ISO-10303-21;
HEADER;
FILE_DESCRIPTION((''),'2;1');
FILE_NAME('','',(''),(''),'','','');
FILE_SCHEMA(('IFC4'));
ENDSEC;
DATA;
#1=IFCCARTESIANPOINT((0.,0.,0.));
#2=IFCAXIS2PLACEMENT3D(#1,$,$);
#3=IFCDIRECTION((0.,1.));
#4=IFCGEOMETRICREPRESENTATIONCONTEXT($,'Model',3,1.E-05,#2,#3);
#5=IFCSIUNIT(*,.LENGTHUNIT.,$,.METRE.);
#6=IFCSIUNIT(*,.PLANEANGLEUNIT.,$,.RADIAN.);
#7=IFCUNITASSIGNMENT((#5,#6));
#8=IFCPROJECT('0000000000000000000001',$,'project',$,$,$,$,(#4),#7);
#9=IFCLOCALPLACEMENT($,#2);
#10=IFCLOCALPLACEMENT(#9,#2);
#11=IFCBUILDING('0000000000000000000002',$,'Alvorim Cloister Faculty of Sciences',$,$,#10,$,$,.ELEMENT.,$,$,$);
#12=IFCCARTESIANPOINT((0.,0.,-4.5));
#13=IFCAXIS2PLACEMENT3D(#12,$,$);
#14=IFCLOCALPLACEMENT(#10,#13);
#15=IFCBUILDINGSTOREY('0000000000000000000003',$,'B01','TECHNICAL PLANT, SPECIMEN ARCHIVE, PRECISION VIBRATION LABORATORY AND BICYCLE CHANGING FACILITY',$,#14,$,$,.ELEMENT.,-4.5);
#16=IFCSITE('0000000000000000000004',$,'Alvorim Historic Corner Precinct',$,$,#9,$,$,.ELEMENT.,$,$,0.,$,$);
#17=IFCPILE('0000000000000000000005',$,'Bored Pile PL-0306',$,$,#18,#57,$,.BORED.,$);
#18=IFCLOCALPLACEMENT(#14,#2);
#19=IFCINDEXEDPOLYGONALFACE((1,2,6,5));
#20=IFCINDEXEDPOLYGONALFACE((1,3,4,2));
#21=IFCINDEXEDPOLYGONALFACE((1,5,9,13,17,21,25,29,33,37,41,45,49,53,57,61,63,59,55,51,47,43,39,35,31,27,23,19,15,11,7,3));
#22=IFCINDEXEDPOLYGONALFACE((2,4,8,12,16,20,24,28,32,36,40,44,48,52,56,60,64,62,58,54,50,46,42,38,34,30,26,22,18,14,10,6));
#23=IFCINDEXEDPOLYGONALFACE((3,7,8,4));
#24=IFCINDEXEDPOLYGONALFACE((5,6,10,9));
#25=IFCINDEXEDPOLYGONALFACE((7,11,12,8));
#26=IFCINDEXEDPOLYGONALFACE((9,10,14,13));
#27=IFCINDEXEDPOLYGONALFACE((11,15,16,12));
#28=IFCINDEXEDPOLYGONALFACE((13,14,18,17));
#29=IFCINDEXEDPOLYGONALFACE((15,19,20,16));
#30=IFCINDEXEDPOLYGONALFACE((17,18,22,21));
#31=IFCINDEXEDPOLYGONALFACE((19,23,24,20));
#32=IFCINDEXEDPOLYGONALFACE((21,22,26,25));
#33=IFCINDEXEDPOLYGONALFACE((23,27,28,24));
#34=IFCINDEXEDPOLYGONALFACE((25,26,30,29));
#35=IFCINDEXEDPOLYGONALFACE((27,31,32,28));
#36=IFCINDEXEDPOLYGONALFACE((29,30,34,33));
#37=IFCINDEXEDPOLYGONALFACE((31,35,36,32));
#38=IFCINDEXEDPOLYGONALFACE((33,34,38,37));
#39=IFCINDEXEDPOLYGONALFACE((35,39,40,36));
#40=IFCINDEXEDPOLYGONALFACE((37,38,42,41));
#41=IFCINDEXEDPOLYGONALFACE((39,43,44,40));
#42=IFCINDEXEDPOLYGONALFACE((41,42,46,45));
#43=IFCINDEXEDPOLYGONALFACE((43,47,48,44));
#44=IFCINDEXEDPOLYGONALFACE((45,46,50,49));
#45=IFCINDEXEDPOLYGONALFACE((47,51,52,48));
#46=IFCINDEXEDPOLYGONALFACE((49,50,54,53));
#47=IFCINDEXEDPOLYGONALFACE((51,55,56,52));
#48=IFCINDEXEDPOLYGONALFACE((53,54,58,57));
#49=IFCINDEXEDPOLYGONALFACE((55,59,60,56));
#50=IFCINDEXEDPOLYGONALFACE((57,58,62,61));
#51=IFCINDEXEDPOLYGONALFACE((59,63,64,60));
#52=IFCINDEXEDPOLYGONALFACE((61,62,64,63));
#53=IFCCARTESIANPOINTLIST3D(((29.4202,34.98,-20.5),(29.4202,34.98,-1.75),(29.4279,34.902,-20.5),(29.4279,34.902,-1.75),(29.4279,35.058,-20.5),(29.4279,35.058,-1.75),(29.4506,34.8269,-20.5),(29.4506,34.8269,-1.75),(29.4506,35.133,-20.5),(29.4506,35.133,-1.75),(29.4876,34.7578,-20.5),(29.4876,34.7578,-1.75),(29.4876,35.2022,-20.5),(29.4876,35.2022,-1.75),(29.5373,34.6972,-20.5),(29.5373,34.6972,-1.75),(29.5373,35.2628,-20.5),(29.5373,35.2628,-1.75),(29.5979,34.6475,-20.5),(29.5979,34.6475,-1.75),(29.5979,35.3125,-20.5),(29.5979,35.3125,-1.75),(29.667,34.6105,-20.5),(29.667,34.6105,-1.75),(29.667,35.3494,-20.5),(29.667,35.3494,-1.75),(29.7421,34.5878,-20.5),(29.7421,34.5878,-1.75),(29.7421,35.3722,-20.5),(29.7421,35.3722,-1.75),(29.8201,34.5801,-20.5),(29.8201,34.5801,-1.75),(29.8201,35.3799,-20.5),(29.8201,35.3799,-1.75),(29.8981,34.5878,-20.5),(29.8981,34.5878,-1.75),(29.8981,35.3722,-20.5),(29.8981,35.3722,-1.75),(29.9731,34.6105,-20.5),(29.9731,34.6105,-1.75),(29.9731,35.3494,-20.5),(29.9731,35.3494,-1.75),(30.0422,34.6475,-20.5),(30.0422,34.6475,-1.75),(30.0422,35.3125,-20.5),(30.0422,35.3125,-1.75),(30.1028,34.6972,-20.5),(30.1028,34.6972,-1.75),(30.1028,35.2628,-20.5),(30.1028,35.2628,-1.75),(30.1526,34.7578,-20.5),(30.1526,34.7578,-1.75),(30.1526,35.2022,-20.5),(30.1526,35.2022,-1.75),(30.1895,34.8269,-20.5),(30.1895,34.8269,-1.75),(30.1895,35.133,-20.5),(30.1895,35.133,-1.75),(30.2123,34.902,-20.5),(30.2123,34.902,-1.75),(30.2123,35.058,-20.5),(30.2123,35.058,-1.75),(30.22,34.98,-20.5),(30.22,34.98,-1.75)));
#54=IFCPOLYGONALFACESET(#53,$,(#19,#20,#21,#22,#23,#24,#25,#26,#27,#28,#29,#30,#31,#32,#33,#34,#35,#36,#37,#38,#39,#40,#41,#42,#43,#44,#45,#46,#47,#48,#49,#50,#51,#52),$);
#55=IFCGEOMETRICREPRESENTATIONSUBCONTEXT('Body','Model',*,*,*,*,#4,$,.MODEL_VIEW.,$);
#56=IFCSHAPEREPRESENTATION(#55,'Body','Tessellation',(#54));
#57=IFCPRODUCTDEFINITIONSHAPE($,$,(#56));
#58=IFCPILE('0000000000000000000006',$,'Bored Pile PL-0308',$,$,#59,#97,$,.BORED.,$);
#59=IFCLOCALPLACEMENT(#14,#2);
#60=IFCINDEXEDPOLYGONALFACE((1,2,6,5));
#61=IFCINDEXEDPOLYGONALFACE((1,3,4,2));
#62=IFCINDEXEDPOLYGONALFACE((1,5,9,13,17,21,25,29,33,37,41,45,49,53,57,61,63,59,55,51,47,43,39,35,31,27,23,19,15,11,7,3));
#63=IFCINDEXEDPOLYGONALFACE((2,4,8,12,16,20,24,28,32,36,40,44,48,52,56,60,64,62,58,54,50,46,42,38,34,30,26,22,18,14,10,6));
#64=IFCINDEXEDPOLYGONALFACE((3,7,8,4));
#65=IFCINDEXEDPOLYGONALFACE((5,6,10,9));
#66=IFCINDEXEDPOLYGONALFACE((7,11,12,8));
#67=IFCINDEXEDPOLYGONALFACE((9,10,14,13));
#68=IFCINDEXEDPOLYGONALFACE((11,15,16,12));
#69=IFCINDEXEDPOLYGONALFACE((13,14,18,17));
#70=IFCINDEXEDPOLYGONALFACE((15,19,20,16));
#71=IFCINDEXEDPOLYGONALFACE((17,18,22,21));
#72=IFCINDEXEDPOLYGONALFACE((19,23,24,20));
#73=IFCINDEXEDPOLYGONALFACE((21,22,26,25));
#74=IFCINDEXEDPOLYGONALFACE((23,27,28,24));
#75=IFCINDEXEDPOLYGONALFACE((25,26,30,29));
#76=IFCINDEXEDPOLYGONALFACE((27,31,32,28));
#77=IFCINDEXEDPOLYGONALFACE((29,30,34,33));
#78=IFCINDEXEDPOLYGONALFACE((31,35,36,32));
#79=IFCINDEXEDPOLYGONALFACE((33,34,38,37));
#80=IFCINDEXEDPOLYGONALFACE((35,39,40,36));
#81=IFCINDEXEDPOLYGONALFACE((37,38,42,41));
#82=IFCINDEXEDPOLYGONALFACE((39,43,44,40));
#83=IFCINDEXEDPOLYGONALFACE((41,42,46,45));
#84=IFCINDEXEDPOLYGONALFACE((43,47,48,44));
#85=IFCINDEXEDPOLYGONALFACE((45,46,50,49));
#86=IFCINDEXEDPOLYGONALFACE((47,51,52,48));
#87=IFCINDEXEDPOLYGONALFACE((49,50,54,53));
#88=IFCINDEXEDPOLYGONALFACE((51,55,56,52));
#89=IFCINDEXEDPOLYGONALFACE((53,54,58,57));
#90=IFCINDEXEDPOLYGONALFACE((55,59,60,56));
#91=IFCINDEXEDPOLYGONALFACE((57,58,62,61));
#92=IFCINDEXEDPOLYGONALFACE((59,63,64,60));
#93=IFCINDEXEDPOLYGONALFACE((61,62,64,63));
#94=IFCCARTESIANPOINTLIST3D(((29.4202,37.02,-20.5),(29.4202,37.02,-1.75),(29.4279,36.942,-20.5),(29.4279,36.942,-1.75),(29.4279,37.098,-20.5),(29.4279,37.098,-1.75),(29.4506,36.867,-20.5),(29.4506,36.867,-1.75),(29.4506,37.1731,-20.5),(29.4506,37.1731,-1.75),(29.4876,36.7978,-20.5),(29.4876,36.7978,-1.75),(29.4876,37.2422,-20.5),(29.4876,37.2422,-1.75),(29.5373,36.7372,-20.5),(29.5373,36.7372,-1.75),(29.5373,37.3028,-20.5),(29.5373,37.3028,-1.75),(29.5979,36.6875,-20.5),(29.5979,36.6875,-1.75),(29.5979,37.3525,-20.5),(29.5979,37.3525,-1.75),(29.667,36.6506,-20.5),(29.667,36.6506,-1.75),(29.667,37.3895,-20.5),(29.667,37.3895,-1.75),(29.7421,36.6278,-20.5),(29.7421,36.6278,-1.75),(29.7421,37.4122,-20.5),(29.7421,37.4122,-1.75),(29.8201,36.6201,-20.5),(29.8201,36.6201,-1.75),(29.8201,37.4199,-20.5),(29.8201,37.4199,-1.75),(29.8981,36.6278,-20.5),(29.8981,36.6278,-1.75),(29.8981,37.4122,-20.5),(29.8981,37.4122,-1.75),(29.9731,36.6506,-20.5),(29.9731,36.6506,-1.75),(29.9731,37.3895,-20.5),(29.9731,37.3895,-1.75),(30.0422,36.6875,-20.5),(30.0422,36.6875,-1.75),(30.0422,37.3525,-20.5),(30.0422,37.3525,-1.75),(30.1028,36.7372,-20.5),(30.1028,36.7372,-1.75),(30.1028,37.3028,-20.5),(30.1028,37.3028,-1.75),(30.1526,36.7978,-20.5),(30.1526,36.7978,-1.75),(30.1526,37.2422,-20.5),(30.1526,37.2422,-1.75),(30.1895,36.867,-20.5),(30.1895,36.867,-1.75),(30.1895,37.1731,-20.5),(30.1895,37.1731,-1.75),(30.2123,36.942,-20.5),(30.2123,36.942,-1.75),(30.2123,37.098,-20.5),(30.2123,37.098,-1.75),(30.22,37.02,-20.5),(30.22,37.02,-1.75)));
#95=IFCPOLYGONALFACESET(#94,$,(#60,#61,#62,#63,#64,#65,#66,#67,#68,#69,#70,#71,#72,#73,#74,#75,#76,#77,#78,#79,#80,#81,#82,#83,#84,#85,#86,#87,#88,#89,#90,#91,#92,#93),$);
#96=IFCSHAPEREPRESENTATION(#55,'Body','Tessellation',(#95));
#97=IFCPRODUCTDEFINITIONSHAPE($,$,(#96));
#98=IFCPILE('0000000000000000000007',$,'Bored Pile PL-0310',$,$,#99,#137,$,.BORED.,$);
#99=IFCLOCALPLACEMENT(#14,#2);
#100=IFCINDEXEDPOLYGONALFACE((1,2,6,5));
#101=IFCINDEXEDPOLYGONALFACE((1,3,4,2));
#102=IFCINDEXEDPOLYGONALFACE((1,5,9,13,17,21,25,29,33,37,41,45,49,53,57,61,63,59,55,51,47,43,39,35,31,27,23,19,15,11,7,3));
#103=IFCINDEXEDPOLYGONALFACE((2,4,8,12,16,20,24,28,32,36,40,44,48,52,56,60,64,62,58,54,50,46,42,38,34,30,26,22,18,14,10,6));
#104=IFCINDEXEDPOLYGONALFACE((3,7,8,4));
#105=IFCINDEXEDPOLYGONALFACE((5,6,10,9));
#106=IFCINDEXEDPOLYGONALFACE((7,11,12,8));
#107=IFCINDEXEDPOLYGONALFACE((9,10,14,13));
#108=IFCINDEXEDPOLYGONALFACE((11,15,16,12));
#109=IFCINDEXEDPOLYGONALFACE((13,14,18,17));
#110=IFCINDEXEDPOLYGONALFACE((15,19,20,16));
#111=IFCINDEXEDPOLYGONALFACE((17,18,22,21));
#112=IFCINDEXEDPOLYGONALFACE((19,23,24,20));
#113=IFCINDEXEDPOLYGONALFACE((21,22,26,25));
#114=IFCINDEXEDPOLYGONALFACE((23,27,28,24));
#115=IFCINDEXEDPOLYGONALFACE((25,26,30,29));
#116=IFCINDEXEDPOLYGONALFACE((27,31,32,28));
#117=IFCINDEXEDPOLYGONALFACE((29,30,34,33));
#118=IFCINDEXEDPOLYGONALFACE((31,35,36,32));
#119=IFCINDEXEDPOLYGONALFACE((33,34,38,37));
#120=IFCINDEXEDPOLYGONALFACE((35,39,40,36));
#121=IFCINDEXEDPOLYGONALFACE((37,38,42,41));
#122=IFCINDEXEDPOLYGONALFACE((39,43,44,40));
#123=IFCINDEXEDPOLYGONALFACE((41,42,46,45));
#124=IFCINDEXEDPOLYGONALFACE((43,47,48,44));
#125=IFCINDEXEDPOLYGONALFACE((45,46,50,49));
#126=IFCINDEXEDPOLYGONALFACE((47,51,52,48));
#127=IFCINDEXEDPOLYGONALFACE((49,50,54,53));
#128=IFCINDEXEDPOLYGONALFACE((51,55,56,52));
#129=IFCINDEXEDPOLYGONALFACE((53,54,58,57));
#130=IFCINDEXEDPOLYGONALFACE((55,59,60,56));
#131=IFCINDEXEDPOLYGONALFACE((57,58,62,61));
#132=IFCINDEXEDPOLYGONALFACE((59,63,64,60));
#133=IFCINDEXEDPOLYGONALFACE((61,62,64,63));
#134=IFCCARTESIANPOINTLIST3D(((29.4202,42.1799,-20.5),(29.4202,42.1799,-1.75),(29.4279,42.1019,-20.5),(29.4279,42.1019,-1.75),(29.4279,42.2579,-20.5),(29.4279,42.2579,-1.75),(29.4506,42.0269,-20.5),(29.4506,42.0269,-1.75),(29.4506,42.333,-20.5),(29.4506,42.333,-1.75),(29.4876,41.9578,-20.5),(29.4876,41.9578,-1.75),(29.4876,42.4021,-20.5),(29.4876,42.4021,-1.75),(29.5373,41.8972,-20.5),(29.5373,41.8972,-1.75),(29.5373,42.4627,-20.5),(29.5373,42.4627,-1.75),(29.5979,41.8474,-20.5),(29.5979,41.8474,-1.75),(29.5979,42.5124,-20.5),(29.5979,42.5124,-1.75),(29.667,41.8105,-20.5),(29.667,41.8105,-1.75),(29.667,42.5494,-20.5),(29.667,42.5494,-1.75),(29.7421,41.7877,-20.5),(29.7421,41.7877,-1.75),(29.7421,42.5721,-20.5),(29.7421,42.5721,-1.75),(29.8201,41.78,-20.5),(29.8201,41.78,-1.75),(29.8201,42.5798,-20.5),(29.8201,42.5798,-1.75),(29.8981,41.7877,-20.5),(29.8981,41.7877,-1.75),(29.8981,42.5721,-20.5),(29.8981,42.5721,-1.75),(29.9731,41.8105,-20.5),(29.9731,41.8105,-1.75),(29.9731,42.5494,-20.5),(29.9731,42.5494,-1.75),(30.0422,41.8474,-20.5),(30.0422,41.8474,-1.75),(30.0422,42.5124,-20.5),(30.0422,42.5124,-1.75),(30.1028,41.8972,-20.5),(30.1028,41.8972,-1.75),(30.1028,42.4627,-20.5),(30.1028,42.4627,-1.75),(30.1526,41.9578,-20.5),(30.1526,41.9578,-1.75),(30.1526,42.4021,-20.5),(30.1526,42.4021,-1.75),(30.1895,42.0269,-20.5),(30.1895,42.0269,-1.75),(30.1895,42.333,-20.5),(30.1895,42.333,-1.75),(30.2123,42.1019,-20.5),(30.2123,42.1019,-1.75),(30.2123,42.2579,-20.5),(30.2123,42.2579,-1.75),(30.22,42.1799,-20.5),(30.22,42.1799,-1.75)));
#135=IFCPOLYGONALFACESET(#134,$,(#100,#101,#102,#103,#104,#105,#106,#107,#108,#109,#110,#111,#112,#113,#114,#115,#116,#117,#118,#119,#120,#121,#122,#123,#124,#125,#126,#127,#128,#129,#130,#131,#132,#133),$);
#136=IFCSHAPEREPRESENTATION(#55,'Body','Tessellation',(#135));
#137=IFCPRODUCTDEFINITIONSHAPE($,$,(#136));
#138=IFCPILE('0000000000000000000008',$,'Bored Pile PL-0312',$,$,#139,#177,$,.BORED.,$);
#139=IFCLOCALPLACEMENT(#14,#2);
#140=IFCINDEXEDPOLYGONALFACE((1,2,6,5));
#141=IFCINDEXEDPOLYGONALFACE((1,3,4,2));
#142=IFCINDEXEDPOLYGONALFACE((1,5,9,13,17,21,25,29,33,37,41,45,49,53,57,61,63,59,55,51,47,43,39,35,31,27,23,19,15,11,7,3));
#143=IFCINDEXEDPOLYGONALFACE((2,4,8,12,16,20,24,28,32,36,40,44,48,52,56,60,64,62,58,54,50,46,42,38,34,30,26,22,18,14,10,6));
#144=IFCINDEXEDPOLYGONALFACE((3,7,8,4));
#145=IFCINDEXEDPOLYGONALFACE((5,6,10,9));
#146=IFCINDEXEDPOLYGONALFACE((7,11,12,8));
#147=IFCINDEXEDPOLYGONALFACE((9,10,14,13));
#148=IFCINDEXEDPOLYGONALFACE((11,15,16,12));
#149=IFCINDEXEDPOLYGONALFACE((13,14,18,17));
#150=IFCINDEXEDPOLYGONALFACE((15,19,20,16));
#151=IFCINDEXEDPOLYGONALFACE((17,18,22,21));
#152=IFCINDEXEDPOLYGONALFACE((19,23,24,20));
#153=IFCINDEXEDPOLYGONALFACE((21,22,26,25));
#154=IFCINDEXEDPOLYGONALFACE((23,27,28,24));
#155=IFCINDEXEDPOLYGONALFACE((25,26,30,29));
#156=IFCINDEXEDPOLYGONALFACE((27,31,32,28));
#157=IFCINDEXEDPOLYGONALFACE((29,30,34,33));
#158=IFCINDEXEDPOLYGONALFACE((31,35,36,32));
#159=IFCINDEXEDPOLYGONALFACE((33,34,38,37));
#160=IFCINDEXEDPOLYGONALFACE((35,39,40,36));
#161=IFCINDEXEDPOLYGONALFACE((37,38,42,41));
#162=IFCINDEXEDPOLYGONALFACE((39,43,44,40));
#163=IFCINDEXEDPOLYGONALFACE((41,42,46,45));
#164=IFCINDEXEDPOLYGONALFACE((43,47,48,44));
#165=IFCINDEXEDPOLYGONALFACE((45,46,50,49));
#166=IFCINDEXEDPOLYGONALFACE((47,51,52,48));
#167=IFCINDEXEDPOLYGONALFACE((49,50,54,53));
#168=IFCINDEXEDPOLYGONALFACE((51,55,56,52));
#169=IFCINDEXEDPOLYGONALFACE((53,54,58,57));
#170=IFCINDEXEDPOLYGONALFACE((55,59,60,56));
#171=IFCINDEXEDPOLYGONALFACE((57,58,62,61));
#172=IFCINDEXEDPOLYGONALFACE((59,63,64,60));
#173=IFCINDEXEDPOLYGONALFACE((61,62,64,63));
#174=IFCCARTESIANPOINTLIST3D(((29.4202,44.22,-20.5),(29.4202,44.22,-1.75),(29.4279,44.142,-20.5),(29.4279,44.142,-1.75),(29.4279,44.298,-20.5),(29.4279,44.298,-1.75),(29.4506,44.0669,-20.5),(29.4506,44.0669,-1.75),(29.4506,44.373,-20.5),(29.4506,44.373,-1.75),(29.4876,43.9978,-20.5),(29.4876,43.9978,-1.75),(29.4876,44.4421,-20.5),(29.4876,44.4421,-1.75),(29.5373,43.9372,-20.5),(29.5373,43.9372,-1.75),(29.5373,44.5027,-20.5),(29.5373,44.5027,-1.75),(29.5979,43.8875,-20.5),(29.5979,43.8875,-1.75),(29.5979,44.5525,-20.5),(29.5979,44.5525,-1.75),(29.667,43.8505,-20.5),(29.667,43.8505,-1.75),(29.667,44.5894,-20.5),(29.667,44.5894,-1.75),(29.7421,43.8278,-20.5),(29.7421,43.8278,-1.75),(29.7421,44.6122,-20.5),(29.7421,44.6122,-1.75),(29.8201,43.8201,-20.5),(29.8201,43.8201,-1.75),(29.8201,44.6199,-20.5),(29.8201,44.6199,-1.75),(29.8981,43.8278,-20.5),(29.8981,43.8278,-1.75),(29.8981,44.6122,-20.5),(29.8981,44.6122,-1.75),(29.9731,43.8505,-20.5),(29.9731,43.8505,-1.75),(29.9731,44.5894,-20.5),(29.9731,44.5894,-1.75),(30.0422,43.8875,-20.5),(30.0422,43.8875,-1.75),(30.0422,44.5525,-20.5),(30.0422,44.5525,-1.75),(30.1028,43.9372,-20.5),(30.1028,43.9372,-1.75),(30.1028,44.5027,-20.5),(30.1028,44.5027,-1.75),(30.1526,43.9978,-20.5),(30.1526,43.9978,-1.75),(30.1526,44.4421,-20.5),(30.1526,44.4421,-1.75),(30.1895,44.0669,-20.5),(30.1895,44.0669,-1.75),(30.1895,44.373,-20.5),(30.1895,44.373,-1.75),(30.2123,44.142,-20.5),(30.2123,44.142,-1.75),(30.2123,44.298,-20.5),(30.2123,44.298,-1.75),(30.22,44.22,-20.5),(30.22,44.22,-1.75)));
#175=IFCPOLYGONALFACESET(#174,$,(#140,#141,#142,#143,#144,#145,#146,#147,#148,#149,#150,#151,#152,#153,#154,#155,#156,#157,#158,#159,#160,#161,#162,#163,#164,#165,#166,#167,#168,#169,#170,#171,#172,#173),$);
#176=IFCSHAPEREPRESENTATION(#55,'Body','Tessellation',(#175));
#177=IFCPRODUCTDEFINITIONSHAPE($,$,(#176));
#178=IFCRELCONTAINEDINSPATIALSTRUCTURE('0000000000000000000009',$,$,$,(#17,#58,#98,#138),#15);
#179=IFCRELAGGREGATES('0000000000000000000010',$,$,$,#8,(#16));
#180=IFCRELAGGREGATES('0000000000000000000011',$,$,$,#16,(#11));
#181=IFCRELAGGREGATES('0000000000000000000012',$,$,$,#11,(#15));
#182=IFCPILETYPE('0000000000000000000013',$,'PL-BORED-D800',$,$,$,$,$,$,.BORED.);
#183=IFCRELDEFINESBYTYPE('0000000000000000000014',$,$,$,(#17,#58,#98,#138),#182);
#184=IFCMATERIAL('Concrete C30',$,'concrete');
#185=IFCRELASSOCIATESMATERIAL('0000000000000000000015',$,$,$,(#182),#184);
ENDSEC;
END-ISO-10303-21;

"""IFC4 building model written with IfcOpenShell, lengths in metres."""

from ifc_helpers import new_model, si_unit, direction, frame, origin, origin_2d, place, context, subcontext, project, spatial, circle, extrude, material, material_profile, profile_set, type_object, element, save


model = new_model("IFC4")

# Units and contexts
model_context = context("Model", 3, precision=1e-05, world=origin(), true_north=direction((0.0, 1.0)))
body_context = subcontext(model_context, "Body", "Model", "MODEL_VIEW")
ifc_project = project(units=[si_unit("LENGTHUNIT", "METRE"), si_unit("PLANEANGLEUNIT", "RADIAN")], contexts=[model_context])

# Site, building, storey
site_placement = place(None, origin())
site = spatial("IfcSite", under=ifc_project, at=site_placement, Name="Alvorim Historic Corner Precinct", CompositionType="ELEMENT", RefElevation=0.0)
building_placement = place(site_placement, origin())
building = spatial("IfcBuilding", under=site, at=building_placement, Name="Alvorim Cloister Faculty of Sciences", CompositionType="ELEMENT")
storey_placement = place(building_placement, frame((0.0, 0.0, -4.5)))
storey = spatial("IfcBuildingStorey", under=building, at=storey_placement, Name="B01", Description="TECHNICAL PLANT, SPECIMEN ARCHIVE, PRECISION VIBRATION LABORATORY AND BICYCLE CHANGING FACILITY", CompositionType="ELEMENT", Elevation=-4.5)

# Piles
ifc_material_1 = material(Name="Concrete C30", Category="concrete")
ifc_material_profile_1 = material_profile(ifc_material_1, circle(Radius=0.3999, at=origin_2d()), Name="PILE-D800")
ifc_profile_set_1 = profile_set([ifc_material_profile_1], Name="Concrete C30")
pile_type_1 = type_object("IfcPileType", Name="PL-BORED-D800", PredefinedType="BORED", material=ifc_profile_set_1)
for number, where, z_axis, x_axis, name in (
    (1, (29.8201, 34.98, -1.75), (0.0, 0.0, -1.0), (1.0, 0.0, 0.0), "Bored Pile PL-0306"),
    (2, (29.8201, 37.02, -1.75), (0.0, 0.0, -1.0), (1.0, 0.0, 0.0), "Bored Pile PL-0308"),
    (3, (29.8201, 42.1799, -1.75), (0.0, 0.0, -1.0), (1.0, 0.0, 0.0), "Bored Pile PL-0310"),
    (4, (29.8201, 44.22, -1.75), (0.0, 0.0, -1.0), (1.0, 0.0, 0.0), "Bored Pile PL-0312"),
):
    element("IfcPile", number, at=place(storey_placement, frame(where, z_axis=z_axis, x_axis=x_axis)), inside=storey, type_object=pile_type_1, Name=name, PredefinedType="BORED", context=body_context, shape_type="SweptSolid", body=[
        extrude(circle(Radius=0.3999, at=origin_2d()), origin(), (0.0, 0.0, 1.0), 18.75),
    ])

save(model, "model.ifc")
